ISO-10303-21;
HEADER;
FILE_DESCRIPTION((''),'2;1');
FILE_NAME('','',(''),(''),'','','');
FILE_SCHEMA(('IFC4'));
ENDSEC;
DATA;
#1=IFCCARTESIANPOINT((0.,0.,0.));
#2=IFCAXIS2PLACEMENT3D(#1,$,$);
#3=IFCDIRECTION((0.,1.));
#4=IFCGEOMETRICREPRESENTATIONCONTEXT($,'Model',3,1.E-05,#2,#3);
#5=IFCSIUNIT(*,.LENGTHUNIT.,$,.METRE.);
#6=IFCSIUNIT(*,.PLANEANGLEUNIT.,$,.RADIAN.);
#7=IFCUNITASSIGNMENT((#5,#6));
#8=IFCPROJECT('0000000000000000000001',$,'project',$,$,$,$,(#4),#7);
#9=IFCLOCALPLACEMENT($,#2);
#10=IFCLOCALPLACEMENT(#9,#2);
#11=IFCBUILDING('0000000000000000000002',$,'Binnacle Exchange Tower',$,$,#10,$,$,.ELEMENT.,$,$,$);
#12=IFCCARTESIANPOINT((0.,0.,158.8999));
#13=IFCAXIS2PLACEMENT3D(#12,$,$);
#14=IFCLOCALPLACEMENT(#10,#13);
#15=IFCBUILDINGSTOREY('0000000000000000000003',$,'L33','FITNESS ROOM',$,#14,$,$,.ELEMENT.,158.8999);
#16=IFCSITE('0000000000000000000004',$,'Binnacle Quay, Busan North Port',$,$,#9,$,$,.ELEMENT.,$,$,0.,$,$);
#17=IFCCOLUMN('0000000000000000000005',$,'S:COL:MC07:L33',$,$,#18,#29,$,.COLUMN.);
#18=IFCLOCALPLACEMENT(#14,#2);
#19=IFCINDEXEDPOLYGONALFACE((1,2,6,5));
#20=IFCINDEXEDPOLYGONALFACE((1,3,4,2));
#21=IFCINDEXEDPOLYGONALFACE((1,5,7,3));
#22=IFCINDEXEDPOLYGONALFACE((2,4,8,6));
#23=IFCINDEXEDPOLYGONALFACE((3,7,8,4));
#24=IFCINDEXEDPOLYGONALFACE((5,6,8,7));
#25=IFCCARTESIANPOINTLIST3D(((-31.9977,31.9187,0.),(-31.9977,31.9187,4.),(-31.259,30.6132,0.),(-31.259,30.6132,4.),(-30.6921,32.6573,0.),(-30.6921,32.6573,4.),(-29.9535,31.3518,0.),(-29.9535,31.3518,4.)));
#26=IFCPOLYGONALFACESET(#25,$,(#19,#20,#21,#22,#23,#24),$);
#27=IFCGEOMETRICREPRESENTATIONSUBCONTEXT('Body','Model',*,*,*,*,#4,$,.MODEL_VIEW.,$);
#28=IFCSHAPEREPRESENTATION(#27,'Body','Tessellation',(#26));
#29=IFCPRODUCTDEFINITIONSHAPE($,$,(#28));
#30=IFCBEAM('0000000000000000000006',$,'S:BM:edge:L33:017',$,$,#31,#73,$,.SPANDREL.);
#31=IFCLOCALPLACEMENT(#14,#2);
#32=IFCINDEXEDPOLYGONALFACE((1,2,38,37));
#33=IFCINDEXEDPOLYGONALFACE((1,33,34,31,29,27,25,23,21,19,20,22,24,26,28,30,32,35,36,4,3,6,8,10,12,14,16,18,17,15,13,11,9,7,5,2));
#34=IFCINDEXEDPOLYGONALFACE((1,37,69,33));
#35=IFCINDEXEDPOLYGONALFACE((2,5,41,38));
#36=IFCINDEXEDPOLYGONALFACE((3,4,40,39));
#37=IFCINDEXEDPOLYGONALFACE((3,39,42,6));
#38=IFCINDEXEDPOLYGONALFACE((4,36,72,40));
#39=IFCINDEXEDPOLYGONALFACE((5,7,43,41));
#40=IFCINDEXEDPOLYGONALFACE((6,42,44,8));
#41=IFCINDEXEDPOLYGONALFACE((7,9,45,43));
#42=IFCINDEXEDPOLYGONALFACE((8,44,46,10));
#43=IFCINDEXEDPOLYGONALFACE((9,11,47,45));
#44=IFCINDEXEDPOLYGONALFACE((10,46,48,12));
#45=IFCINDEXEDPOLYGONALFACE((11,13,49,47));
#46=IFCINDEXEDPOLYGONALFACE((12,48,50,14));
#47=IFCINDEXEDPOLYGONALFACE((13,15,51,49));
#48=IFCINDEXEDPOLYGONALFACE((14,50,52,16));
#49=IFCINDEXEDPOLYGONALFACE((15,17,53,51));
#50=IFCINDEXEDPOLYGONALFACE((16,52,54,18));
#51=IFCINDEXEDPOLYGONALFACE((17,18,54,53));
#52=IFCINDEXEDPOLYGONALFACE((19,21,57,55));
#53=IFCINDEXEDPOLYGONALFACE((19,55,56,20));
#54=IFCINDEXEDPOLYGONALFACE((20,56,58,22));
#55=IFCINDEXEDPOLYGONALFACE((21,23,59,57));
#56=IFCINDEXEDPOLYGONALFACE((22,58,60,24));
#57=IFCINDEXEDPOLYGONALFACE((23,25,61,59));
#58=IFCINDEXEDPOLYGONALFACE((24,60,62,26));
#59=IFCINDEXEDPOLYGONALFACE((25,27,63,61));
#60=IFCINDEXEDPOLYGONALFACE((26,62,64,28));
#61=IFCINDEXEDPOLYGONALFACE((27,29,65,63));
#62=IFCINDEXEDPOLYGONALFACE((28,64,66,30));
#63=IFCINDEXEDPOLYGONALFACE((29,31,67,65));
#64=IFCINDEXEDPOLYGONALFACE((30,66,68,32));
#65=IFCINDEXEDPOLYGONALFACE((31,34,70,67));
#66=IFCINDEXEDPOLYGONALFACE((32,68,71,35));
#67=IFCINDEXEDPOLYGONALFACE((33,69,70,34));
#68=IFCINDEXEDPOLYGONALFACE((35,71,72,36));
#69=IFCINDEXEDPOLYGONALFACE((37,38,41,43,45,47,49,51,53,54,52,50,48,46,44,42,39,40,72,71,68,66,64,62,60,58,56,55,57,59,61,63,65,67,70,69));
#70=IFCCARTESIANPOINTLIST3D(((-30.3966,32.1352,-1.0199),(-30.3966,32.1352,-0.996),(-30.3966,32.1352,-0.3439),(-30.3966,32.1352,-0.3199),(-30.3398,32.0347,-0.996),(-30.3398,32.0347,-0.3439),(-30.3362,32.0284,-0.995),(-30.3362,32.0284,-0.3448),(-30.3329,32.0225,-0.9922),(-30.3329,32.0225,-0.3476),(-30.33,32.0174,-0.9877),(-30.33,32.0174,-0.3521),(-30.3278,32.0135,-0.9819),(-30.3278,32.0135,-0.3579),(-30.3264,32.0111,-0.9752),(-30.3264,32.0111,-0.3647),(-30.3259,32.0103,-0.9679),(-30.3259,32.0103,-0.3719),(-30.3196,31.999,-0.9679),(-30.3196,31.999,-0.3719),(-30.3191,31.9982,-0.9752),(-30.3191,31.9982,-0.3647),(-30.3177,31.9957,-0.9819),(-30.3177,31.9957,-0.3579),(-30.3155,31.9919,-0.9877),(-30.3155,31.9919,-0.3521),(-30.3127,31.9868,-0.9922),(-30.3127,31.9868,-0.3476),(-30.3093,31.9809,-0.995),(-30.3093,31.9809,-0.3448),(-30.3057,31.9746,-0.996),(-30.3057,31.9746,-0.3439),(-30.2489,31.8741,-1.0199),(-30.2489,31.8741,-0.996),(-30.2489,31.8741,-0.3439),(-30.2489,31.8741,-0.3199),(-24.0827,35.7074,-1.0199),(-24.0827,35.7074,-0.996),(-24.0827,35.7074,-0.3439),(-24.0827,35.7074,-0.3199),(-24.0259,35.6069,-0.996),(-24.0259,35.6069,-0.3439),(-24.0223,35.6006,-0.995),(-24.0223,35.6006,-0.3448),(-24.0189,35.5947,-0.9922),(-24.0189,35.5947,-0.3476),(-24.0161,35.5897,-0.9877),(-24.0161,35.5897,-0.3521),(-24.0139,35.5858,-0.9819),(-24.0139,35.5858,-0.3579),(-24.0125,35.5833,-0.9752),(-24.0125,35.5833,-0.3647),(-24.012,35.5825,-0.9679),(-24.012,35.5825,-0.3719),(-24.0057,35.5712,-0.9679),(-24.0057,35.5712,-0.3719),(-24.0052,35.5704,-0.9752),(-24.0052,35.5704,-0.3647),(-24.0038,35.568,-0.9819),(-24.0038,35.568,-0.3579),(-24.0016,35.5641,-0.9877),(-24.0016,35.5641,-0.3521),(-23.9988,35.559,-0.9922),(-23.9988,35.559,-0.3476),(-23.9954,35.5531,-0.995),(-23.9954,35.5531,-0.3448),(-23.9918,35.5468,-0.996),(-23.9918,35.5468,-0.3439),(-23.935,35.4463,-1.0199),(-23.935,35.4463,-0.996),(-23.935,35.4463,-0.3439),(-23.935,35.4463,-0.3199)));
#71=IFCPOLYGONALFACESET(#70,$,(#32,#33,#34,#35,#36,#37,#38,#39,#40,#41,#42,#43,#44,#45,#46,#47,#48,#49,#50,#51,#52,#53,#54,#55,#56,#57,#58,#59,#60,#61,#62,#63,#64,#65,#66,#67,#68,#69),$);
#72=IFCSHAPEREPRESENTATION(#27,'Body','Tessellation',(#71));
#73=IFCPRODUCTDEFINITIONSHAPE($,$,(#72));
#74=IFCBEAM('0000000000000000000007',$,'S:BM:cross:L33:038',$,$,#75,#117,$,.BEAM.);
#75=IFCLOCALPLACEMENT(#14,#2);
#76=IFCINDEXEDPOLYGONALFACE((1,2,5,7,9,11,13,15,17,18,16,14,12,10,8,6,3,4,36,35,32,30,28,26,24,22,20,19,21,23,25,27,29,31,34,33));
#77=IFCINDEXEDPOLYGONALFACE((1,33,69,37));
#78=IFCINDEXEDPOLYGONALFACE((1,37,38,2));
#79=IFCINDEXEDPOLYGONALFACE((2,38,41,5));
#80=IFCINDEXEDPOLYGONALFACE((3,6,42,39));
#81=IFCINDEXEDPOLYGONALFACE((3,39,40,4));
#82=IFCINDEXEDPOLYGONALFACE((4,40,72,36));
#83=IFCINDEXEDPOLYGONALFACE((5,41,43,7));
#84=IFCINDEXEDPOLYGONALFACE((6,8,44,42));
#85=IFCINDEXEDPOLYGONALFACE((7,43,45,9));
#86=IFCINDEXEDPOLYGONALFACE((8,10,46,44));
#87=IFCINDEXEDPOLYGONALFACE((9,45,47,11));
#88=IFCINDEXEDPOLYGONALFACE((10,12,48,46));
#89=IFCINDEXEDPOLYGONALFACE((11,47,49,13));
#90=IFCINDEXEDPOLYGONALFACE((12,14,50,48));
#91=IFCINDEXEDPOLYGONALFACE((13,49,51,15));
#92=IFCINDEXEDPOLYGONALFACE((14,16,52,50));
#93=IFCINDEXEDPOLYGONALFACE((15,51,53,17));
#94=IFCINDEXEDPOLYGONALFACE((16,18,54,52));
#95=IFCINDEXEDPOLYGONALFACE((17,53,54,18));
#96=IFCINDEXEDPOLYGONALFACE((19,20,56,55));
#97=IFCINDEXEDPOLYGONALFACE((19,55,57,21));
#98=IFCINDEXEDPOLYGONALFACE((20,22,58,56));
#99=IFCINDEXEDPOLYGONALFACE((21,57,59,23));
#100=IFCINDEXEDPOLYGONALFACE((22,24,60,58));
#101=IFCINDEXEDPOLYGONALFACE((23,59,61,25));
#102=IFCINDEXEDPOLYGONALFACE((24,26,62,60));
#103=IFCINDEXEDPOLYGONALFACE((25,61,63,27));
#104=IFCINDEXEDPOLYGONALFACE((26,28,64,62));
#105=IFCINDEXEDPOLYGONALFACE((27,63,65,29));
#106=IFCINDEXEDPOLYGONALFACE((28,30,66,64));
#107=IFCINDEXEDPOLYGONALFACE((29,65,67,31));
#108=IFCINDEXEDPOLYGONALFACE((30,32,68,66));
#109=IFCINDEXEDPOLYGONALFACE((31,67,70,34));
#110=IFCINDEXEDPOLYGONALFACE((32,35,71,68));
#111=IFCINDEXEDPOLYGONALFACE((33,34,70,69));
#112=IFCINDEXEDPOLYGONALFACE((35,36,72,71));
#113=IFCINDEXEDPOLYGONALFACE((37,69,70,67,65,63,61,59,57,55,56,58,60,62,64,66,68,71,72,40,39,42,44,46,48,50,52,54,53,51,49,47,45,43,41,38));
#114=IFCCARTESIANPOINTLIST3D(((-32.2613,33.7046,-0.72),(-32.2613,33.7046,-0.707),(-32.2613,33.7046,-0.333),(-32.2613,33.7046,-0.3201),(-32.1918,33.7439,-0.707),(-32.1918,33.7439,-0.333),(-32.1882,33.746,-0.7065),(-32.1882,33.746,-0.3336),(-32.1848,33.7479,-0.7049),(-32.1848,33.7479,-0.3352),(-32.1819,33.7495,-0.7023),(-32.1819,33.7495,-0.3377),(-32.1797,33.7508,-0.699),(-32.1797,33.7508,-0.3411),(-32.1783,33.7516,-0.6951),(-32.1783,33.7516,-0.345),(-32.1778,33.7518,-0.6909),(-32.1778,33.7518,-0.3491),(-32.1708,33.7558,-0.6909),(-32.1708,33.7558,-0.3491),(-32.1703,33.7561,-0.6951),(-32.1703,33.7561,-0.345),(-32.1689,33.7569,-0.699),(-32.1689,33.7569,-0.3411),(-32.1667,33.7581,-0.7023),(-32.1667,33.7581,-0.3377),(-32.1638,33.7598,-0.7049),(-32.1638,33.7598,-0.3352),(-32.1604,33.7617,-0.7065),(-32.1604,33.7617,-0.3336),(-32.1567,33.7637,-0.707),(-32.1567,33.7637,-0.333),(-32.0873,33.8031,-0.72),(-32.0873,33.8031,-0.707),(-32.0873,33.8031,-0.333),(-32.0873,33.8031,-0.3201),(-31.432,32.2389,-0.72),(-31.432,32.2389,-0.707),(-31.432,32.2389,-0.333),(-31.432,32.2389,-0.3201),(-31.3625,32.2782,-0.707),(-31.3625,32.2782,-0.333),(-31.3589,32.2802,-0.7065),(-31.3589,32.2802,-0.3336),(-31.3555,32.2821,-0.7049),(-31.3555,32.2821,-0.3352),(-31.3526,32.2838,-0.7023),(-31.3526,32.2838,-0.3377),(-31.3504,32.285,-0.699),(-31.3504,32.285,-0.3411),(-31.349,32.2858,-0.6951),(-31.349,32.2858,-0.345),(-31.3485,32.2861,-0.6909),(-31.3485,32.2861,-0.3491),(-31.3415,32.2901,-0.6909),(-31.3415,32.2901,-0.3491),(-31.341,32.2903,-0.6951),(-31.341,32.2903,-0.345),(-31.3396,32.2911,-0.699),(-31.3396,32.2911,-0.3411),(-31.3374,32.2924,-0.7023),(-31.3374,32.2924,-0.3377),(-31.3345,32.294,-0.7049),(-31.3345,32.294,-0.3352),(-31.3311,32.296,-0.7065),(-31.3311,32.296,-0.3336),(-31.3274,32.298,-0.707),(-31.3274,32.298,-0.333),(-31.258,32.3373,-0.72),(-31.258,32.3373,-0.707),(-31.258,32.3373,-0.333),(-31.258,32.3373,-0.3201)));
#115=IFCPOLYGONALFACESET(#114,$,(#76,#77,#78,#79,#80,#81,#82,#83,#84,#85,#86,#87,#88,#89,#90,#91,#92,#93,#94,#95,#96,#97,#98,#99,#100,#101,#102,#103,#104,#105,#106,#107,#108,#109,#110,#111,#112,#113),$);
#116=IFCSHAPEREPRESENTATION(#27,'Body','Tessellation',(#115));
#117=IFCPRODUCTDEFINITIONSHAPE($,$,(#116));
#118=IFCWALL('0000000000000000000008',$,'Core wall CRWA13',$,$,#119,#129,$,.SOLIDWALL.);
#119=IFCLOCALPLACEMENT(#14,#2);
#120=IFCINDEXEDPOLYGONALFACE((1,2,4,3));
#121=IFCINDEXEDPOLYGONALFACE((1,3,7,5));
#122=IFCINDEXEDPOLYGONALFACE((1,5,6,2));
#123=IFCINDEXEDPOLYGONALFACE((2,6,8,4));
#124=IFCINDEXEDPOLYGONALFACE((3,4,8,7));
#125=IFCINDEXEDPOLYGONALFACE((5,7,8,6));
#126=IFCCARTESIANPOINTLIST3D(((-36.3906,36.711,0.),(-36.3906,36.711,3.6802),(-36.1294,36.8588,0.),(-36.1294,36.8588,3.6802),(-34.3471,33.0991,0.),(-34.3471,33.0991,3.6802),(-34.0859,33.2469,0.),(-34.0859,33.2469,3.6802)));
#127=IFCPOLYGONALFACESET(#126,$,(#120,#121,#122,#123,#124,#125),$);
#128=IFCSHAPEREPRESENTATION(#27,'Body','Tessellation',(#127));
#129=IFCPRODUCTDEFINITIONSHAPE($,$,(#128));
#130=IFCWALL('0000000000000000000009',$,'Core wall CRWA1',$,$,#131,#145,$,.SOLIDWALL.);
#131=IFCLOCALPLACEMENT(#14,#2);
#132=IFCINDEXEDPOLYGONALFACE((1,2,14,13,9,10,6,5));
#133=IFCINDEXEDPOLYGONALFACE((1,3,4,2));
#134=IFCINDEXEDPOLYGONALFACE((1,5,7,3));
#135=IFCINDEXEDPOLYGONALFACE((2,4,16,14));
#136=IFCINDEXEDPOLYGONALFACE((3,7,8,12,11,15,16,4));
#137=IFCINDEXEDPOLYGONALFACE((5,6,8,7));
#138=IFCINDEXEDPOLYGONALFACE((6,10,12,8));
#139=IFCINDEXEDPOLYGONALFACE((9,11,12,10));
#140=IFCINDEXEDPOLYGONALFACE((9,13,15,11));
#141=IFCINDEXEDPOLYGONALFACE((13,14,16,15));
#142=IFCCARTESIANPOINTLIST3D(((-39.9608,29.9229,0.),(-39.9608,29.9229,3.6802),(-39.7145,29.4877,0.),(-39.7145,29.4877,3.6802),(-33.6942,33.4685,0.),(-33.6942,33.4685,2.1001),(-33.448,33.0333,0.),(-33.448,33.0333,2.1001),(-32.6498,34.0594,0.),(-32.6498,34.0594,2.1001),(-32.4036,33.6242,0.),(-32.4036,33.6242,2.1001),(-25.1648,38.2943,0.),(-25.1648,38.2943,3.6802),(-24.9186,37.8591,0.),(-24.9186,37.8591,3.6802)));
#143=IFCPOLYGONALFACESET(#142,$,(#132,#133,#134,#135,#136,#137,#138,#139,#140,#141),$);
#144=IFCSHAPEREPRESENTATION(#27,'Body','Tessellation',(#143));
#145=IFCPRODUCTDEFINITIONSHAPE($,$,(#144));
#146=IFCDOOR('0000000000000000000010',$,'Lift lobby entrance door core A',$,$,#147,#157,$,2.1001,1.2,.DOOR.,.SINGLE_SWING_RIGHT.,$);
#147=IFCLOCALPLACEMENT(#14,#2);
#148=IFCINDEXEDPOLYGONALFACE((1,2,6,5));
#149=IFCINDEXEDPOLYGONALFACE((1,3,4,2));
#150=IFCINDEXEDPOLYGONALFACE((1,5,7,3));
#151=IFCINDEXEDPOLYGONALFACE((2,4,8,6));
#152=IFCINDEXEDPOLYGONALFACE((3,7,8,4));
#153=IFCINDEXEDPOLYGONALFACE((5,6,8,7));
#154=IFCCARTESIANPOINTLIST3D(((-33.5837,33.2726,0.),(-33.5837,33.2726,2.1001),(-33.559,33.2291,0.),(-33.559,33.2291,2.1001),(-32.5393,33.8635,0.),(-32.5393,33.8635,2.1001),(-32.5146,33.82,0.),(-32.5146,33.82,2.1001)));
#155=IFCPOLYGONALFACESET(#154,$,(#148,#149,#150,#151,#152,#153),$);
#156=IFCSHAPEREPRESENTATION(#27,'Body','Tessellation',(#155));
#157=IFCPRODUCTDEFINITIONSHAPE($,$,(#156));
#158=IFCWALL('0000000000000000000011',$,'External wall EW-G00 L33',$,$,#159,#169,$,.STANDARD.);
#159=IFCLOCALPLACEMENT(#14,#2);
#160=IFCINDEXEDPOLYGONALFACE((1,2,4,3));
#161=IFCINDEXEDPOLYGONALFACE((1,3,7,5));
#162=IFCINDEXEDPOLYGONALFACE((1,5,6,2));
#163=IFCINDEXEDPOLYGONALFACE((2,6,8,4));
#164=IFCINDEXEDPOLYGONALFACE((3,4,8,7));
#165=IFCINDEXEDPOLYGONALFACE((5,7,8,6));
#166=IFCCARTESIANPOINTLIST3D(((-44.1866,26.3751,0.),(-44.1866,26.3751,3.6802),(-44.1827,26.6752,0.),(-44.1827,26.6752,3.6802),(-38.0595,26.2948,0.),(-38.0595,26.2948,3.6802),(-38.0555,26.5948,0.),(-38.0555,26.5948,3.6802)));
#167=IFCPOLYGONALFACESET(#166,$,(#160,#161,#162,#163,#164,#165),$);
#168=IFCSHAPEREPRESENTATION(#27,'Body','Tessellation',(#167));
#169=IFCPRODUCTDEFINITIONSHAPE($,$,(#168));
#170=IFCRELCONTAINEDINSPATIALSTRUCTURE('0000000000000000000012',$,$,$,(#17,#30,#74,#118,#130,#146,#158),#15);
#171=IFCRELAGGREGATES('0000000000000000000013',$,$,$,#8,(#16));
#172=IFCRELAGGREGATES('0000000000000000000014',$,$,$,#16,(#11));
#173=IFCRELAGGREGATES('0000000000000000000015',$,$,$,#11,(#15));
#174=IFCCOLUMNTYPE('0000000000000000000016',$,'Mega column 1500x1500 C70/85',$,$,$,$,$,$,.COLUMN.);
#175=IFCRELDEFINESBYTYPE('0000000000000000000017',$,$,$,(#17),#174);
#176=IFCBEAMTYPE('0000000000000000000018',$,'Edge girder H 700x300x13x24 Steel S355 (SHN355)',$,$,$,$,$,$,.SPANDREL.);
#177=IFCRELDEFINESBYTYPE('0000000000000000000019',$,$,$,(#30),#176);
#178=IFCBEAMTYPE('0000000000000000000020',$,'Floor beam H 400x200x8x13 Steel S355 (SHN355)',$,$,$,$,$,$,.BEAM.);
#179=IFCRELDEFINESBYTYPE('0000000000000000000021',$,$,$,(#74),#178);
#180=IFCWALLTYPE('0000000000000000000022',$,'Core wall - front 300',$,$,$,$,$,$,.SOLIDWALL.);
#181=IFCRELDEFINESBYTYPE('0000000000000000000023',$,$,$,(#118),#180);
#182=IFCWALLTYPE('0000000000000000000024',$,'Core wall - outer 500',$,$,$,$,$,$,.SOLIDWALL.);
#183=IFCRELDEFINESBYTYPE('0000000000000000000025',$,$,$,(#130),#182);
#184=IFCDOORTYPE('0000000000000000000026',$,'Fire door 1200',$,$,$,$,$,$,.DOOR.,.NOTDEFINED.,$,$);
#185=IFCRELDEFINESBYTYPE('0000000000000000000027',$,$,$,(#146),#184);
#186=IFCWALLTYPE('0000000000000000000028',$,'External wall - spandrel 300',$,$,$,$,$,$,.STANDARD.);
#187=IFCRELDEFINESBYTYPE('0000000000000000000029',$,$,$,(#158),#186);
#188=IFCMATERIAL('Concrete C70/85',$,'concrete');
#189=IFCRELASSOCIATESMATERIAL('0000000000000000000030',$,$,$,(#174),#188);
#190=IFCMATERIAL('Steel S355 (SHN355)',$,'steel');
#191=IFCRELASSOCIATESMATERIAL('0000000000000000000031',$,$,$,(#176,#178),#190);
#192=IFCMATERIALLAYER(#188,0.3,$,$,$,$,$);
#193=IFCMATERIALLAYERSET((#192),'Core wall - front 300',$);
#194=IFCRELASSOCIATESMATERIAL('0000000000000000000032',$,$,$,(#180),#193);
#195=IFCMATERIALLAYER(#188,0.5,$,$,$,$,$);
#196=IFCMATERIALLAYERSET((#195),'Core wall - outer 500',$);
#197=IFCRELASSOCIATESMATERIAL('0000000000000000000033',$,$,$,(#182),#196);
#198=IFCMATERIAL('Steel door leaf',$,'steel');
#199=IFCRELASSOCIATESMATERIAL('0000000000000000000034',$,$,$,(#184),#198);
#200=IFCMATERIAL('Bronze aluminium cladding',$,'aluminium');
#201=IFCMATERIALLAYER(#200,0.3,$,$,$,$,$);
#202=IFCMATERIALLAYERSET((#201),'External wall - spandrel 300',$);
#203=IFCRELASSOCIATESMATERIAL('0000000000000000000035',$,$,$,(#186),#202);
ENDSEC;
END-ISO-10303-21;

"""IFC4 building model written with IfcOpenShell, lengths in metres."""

from ifc_helpers import new_model, si_unit, direction, frame, frame_2d, origin, origin_2d, place, context, subcontext, project, spatial, rectangle, i_section, extrude, material, layer, layer_set, material_profile, profile_set, type_object, element, fill, save


model = new_model("IFC4")

# Units and contexts
model_context = context("Model", 3, precision=1e-05, world=origin(), true_north=direction((0.0, 1.0)))
body_context = subcontext(model_context, "Body", "Model", "MODEL_VIEW")
ifc_project = project(units=[si_unit("LENGTHUNIT", "METRE"), si_unit("PLANEANGLEUNIT", "RADIAN")], contexts=[model_context])

# Site, building, storey
site_placement = place(None, origin())
site = spatial("IfcSite", under=ifc_project, at=site_placement, Name="Binnacle Quay, Busan North Port", CompositionType="ELEMENT", RefElevation=0.0)
building_placement = place(site_placement, origin())
building = spatial("IfcBuilding", under=site, at=building_placement, Name="Binnacle Exchange Tower", CompositionType="ELEMENT")
storey_placement = place(building_placement, frame((0.0, 0.0, 158.8999)))
storey = spatial("IfcBuildingStorey", under=building, at=storey_placement, Name="L33", Description="FITNESS ROOM", CompositionType="ELEMENT", Elevation=158.8999)

# Column
ifc_material_1 = material(Name="Concrete C70/85", Category="concrete")
ifc_material_profile_1 = material_profile(ifc_material_1, rectangle(XDim=1.5, YDim=1.5, at=origin_2d()), Name="Mega column 1500x1500 C70/85")
ifc_profile_set_1 = profile_set([ifc_material_profile_1], Name="Concrete C70/85")
column_type = type_object("IfcColumnType", Name="Mega column 1500x1500 C70/85", PredefinedType="COLUMN", material=ifc_profile_set_1)
column_placement = place(storey_placement, frame((-30.9756, 31.6353, 0.0), z_axis=(0.0, 0.0, 1.0), x_axis=(0.870356, 0.492424, 0.0)))
element("IfcColumn", 1, at=column_placement, inside=storey, type_object=column_type, Name="S:COL:MC07:L33", PredefinedType="COLUMN", context=body_context, shape_type="SweptSolid", body=[
    extrude(rectangle(XDim=1.5, YDim=1.5, at=origin_2d()), origin(), (0.0, 0.0, 1.0), 4.0),
])

# Beams
ifc_material_2 = material(Name="Steel S355 (SHN355)", Category="steel")
ifc_material_profile_2 = material_profile(ifc_material_2, i_section(OverallWidth=0.3, OverallDepth=0.7, WebThickness=0.0129, FlangeThickness=0.0239, FilletRadius=0.0281, at=origin_2d()), Name="H 700x300x13x24")
ifc_profile_set_2 = profile_set([ifc_material_profile_2], Name="Steel S355 (SHN355)")
beam_type_1 = type_object("IfcBeamType", Name="Edge girder H 700x300x13x24 Steel S355 (SHN355)", PredefinedType="SPANDREL", material=ifc_profile_set_2)
beam_1_placement = place(storey_placement, frame((-30.3228, 32.0046, -0.6699), z_axis=(0.870356, 0.492423, 0.0), x_axis=(-0.492423, 0.870356, 0.0)))
element("IfcBeam", 2, at=beam_1_placement, inside=storey, type_object=beam_type_1, Name="S:BM:edge:L33:017", PredefinedType="SPANDREL", context=body_context, shape_type="SweptSolid", body=[
    extrude(i_section(OverallWidth=0.3, OverallDepth=0.7, WebThickness=0.0129, FlangeThickness=0.0239, FilletRadius=0.0281, at=origin_2d()), origin(), (0.0, 0.0, 1.0), 7.2544),
])
ifc_material_profile_3 = material_profile(ifc_material_2, i_section(OverallWidth=0.2, OverallDepth=0.3999, WebThickness=0.0081, FlangeThickness=0.0129, FilletRadius=0.0161, at=origin_2d()), Name="H 400x200x8x13")
ifc_profile_set_3 = profile_set([ifc_material_profile_3], Name="Steel S355 (SHN355)")
beam_type_2 = type_object("IfcBeamType", Name="Floor beam H 400x200x8x13 Steel S355 (SHN355)", PredefinedType="BEAM", material=ifc_profile_set_3)
beam_2_placement = place(storey_placement, frame((-31.345, 32.2881, -0.52), z_axis=(-0.492435, 0.870349, 0.0), x_axis=(-0.870349, -0.492435, 0.0)))
element("IfcBeam", 3, at=beam_2_placement, inside=storey, type_object=beam_type_2, Name="S:BM:cross:L33:038", PredefinedType="BEAM", context=body_context, shape_type="SweptSolid", body=[
    extrude(i_section(OverallWidth=0.2, OverallDepth=0.3999, WebThickness=0.0081, FlangeThickness=0.0129, FilletRadius=0.0161, at=origin_2d()), origin(), (0.0, 0.0, 1.0), 1.6841),
])

# Wall
ifc_layer_1 = layer(ifc_material_1, 0.3)
ifc_layer_set_1 = layer_set([ifc_layer_1], Name="Core wall - front 300")
wall_type_1 = type_object("IfcWallType", Name="Core wall - front 300", PredefinedType="SOLIDWALL", material=ifc_layer_set_1)
wall_1_placement = place(storey_placement, frame((-36.26, 36.7849, 0.0), z_axis=(0.0, 0.0, 1.0), x_axis=(0.492422, -0.870357, 0.0)))
element("IfcWall", 4, at=wall_1_placement, inside=storey, type_object=wall_type_1, Name="Core wall CRWA13", PredefinedType="SOLIDWALL", context=body_context, shape_type="SweptSolid", body=[
    extrude(rectangle(XDim=4.1499, YDim=0.3, at=frame_2d((2.075, 0.0))), origin(), (0.0, 0.0, 1.0), 3.6802),
])

# Wall, opening, door
ifc_layer_2 = layer(ifc_material_1, 0.5)
ifc_layer_set_2 = layer_set([ifc_layer_2], Name="Core wall - outer 500")
wall_type_2 = type_object("IfcWallType", Name="Core wall - outer 500", PredefinedType="SOLIDWALL", material=ifc_layer_set_2)
wall_2_placement = place(storey_placement, frame((-39.8376, 29.7053, 0.0), z_axis=(0.0, 0.0, 1.0), x_axis=(0.87035, 0.492433, 0.0)))
wall_2 = element("IfcWall", 5, at=wall_2_placement, inside=storey, type_object=wall_type_2, Name="Core wall CRWA1", PredefinedType="SOLIDWALL", context=body_context, shape_type="SweptSolid", body=[
    extrude(rectangle(XDim=17.0, YDim=0.5, at=frame_2d((8.5, 0.0))), origin(), (0.0, 0.0, 1.0), 3.6802),
])
opening_placement = place(wall_2_placement, frame((7.2, 0.0, 0.0)))
opening = element("IfcOpeningElement", 6, at=opening_placement, cuts=wall_2, PredefinedType="OPENING", context=body_context, shape_type="SweptSolid", body=[
    extrude(rectangle(XDim=1.2, YDim=2.1001, at=frame_2d((0.6001, 1.05))), frame((0.0, 0.26, 0.0), z_axis=(0.0, -1.0, 0.0), x_axis=(1.0, 0.0, 0.0)), (0.0, 0.0, 1.0), 0.52),
])
ifc_material_3 = material(Name="Steel door leaf", Category="steel")
door_type = type_object("IfcDoorType", Name="Fire door 1200", OperationType="NOTDEFINED", PredefinedType="DOOR", material=ifc_material_3)
door_placement = place(opening_placement, frame((1.2, 0.0, 0.0), z_axis=(0.0, 0.0, 1.0), x_axis=(-1.0, 0.0, 0.0)))
door = element("IfcDoor", 7, at=door_placement, inside=storey, type_object=door_type, Name="Lift lobby entrance door core A", OperationType="SINGLE_SWING_RIGHT", OverallHeight=2.1001, OverallWidth=1.2, PredefinedType="DOOR", context=body_context, shape_type="SweptSolid", body=[
    extrude(rectangle(XDim=1.2, YDim=2.1001, at=frame_2d((0.6001, 1.05))), frame((0.0, 0.0249, 0.0), z_axis=(0.0, -1.0, 0.0), x_axis=(1.0, 0.0, 0.0)), (0.0, 0.0, 1.0), 0.05),
])
fill(opening, door)

# Wall
ifc_material_4 = material(Name="Bronze aluminium cladding", Category="aluminium")
ifc_layer_3 = layer(ifc_material_4, 0.3)
ifc_layer_set_3 = layer_set([ifc_layer_3], Name="External wall - spandrel 300")
wall_type_3 = type_object("IfcWallType", Name="External wall - spandrel 300", PredefinedType="STANDARD", material=ifc_layer_set_3)
wall_3_placement = place(storey_placement, frame((-38.0574, 26.4448, 0.0), z_axis=(0.0, 0.0, 1.0), x_axis=(-0.999914, 0.013108, 0.0)))
element("IfcWall", 8, at=wall_3_placement, inside=storey, type_object=wall_type_3, Name="External wall EW-G00 L33", PredefinedType="STANDARD", context=body_context, shape_type="SweptSolid", body=[
    extrude(rectangle(XDim=6.1277, YDim=0.3, at=frame_2d((3.064, 0.0))), origin(), (0.0, 0.0, 1.0), 3.6802),
])

save(model, "model.ifc")
